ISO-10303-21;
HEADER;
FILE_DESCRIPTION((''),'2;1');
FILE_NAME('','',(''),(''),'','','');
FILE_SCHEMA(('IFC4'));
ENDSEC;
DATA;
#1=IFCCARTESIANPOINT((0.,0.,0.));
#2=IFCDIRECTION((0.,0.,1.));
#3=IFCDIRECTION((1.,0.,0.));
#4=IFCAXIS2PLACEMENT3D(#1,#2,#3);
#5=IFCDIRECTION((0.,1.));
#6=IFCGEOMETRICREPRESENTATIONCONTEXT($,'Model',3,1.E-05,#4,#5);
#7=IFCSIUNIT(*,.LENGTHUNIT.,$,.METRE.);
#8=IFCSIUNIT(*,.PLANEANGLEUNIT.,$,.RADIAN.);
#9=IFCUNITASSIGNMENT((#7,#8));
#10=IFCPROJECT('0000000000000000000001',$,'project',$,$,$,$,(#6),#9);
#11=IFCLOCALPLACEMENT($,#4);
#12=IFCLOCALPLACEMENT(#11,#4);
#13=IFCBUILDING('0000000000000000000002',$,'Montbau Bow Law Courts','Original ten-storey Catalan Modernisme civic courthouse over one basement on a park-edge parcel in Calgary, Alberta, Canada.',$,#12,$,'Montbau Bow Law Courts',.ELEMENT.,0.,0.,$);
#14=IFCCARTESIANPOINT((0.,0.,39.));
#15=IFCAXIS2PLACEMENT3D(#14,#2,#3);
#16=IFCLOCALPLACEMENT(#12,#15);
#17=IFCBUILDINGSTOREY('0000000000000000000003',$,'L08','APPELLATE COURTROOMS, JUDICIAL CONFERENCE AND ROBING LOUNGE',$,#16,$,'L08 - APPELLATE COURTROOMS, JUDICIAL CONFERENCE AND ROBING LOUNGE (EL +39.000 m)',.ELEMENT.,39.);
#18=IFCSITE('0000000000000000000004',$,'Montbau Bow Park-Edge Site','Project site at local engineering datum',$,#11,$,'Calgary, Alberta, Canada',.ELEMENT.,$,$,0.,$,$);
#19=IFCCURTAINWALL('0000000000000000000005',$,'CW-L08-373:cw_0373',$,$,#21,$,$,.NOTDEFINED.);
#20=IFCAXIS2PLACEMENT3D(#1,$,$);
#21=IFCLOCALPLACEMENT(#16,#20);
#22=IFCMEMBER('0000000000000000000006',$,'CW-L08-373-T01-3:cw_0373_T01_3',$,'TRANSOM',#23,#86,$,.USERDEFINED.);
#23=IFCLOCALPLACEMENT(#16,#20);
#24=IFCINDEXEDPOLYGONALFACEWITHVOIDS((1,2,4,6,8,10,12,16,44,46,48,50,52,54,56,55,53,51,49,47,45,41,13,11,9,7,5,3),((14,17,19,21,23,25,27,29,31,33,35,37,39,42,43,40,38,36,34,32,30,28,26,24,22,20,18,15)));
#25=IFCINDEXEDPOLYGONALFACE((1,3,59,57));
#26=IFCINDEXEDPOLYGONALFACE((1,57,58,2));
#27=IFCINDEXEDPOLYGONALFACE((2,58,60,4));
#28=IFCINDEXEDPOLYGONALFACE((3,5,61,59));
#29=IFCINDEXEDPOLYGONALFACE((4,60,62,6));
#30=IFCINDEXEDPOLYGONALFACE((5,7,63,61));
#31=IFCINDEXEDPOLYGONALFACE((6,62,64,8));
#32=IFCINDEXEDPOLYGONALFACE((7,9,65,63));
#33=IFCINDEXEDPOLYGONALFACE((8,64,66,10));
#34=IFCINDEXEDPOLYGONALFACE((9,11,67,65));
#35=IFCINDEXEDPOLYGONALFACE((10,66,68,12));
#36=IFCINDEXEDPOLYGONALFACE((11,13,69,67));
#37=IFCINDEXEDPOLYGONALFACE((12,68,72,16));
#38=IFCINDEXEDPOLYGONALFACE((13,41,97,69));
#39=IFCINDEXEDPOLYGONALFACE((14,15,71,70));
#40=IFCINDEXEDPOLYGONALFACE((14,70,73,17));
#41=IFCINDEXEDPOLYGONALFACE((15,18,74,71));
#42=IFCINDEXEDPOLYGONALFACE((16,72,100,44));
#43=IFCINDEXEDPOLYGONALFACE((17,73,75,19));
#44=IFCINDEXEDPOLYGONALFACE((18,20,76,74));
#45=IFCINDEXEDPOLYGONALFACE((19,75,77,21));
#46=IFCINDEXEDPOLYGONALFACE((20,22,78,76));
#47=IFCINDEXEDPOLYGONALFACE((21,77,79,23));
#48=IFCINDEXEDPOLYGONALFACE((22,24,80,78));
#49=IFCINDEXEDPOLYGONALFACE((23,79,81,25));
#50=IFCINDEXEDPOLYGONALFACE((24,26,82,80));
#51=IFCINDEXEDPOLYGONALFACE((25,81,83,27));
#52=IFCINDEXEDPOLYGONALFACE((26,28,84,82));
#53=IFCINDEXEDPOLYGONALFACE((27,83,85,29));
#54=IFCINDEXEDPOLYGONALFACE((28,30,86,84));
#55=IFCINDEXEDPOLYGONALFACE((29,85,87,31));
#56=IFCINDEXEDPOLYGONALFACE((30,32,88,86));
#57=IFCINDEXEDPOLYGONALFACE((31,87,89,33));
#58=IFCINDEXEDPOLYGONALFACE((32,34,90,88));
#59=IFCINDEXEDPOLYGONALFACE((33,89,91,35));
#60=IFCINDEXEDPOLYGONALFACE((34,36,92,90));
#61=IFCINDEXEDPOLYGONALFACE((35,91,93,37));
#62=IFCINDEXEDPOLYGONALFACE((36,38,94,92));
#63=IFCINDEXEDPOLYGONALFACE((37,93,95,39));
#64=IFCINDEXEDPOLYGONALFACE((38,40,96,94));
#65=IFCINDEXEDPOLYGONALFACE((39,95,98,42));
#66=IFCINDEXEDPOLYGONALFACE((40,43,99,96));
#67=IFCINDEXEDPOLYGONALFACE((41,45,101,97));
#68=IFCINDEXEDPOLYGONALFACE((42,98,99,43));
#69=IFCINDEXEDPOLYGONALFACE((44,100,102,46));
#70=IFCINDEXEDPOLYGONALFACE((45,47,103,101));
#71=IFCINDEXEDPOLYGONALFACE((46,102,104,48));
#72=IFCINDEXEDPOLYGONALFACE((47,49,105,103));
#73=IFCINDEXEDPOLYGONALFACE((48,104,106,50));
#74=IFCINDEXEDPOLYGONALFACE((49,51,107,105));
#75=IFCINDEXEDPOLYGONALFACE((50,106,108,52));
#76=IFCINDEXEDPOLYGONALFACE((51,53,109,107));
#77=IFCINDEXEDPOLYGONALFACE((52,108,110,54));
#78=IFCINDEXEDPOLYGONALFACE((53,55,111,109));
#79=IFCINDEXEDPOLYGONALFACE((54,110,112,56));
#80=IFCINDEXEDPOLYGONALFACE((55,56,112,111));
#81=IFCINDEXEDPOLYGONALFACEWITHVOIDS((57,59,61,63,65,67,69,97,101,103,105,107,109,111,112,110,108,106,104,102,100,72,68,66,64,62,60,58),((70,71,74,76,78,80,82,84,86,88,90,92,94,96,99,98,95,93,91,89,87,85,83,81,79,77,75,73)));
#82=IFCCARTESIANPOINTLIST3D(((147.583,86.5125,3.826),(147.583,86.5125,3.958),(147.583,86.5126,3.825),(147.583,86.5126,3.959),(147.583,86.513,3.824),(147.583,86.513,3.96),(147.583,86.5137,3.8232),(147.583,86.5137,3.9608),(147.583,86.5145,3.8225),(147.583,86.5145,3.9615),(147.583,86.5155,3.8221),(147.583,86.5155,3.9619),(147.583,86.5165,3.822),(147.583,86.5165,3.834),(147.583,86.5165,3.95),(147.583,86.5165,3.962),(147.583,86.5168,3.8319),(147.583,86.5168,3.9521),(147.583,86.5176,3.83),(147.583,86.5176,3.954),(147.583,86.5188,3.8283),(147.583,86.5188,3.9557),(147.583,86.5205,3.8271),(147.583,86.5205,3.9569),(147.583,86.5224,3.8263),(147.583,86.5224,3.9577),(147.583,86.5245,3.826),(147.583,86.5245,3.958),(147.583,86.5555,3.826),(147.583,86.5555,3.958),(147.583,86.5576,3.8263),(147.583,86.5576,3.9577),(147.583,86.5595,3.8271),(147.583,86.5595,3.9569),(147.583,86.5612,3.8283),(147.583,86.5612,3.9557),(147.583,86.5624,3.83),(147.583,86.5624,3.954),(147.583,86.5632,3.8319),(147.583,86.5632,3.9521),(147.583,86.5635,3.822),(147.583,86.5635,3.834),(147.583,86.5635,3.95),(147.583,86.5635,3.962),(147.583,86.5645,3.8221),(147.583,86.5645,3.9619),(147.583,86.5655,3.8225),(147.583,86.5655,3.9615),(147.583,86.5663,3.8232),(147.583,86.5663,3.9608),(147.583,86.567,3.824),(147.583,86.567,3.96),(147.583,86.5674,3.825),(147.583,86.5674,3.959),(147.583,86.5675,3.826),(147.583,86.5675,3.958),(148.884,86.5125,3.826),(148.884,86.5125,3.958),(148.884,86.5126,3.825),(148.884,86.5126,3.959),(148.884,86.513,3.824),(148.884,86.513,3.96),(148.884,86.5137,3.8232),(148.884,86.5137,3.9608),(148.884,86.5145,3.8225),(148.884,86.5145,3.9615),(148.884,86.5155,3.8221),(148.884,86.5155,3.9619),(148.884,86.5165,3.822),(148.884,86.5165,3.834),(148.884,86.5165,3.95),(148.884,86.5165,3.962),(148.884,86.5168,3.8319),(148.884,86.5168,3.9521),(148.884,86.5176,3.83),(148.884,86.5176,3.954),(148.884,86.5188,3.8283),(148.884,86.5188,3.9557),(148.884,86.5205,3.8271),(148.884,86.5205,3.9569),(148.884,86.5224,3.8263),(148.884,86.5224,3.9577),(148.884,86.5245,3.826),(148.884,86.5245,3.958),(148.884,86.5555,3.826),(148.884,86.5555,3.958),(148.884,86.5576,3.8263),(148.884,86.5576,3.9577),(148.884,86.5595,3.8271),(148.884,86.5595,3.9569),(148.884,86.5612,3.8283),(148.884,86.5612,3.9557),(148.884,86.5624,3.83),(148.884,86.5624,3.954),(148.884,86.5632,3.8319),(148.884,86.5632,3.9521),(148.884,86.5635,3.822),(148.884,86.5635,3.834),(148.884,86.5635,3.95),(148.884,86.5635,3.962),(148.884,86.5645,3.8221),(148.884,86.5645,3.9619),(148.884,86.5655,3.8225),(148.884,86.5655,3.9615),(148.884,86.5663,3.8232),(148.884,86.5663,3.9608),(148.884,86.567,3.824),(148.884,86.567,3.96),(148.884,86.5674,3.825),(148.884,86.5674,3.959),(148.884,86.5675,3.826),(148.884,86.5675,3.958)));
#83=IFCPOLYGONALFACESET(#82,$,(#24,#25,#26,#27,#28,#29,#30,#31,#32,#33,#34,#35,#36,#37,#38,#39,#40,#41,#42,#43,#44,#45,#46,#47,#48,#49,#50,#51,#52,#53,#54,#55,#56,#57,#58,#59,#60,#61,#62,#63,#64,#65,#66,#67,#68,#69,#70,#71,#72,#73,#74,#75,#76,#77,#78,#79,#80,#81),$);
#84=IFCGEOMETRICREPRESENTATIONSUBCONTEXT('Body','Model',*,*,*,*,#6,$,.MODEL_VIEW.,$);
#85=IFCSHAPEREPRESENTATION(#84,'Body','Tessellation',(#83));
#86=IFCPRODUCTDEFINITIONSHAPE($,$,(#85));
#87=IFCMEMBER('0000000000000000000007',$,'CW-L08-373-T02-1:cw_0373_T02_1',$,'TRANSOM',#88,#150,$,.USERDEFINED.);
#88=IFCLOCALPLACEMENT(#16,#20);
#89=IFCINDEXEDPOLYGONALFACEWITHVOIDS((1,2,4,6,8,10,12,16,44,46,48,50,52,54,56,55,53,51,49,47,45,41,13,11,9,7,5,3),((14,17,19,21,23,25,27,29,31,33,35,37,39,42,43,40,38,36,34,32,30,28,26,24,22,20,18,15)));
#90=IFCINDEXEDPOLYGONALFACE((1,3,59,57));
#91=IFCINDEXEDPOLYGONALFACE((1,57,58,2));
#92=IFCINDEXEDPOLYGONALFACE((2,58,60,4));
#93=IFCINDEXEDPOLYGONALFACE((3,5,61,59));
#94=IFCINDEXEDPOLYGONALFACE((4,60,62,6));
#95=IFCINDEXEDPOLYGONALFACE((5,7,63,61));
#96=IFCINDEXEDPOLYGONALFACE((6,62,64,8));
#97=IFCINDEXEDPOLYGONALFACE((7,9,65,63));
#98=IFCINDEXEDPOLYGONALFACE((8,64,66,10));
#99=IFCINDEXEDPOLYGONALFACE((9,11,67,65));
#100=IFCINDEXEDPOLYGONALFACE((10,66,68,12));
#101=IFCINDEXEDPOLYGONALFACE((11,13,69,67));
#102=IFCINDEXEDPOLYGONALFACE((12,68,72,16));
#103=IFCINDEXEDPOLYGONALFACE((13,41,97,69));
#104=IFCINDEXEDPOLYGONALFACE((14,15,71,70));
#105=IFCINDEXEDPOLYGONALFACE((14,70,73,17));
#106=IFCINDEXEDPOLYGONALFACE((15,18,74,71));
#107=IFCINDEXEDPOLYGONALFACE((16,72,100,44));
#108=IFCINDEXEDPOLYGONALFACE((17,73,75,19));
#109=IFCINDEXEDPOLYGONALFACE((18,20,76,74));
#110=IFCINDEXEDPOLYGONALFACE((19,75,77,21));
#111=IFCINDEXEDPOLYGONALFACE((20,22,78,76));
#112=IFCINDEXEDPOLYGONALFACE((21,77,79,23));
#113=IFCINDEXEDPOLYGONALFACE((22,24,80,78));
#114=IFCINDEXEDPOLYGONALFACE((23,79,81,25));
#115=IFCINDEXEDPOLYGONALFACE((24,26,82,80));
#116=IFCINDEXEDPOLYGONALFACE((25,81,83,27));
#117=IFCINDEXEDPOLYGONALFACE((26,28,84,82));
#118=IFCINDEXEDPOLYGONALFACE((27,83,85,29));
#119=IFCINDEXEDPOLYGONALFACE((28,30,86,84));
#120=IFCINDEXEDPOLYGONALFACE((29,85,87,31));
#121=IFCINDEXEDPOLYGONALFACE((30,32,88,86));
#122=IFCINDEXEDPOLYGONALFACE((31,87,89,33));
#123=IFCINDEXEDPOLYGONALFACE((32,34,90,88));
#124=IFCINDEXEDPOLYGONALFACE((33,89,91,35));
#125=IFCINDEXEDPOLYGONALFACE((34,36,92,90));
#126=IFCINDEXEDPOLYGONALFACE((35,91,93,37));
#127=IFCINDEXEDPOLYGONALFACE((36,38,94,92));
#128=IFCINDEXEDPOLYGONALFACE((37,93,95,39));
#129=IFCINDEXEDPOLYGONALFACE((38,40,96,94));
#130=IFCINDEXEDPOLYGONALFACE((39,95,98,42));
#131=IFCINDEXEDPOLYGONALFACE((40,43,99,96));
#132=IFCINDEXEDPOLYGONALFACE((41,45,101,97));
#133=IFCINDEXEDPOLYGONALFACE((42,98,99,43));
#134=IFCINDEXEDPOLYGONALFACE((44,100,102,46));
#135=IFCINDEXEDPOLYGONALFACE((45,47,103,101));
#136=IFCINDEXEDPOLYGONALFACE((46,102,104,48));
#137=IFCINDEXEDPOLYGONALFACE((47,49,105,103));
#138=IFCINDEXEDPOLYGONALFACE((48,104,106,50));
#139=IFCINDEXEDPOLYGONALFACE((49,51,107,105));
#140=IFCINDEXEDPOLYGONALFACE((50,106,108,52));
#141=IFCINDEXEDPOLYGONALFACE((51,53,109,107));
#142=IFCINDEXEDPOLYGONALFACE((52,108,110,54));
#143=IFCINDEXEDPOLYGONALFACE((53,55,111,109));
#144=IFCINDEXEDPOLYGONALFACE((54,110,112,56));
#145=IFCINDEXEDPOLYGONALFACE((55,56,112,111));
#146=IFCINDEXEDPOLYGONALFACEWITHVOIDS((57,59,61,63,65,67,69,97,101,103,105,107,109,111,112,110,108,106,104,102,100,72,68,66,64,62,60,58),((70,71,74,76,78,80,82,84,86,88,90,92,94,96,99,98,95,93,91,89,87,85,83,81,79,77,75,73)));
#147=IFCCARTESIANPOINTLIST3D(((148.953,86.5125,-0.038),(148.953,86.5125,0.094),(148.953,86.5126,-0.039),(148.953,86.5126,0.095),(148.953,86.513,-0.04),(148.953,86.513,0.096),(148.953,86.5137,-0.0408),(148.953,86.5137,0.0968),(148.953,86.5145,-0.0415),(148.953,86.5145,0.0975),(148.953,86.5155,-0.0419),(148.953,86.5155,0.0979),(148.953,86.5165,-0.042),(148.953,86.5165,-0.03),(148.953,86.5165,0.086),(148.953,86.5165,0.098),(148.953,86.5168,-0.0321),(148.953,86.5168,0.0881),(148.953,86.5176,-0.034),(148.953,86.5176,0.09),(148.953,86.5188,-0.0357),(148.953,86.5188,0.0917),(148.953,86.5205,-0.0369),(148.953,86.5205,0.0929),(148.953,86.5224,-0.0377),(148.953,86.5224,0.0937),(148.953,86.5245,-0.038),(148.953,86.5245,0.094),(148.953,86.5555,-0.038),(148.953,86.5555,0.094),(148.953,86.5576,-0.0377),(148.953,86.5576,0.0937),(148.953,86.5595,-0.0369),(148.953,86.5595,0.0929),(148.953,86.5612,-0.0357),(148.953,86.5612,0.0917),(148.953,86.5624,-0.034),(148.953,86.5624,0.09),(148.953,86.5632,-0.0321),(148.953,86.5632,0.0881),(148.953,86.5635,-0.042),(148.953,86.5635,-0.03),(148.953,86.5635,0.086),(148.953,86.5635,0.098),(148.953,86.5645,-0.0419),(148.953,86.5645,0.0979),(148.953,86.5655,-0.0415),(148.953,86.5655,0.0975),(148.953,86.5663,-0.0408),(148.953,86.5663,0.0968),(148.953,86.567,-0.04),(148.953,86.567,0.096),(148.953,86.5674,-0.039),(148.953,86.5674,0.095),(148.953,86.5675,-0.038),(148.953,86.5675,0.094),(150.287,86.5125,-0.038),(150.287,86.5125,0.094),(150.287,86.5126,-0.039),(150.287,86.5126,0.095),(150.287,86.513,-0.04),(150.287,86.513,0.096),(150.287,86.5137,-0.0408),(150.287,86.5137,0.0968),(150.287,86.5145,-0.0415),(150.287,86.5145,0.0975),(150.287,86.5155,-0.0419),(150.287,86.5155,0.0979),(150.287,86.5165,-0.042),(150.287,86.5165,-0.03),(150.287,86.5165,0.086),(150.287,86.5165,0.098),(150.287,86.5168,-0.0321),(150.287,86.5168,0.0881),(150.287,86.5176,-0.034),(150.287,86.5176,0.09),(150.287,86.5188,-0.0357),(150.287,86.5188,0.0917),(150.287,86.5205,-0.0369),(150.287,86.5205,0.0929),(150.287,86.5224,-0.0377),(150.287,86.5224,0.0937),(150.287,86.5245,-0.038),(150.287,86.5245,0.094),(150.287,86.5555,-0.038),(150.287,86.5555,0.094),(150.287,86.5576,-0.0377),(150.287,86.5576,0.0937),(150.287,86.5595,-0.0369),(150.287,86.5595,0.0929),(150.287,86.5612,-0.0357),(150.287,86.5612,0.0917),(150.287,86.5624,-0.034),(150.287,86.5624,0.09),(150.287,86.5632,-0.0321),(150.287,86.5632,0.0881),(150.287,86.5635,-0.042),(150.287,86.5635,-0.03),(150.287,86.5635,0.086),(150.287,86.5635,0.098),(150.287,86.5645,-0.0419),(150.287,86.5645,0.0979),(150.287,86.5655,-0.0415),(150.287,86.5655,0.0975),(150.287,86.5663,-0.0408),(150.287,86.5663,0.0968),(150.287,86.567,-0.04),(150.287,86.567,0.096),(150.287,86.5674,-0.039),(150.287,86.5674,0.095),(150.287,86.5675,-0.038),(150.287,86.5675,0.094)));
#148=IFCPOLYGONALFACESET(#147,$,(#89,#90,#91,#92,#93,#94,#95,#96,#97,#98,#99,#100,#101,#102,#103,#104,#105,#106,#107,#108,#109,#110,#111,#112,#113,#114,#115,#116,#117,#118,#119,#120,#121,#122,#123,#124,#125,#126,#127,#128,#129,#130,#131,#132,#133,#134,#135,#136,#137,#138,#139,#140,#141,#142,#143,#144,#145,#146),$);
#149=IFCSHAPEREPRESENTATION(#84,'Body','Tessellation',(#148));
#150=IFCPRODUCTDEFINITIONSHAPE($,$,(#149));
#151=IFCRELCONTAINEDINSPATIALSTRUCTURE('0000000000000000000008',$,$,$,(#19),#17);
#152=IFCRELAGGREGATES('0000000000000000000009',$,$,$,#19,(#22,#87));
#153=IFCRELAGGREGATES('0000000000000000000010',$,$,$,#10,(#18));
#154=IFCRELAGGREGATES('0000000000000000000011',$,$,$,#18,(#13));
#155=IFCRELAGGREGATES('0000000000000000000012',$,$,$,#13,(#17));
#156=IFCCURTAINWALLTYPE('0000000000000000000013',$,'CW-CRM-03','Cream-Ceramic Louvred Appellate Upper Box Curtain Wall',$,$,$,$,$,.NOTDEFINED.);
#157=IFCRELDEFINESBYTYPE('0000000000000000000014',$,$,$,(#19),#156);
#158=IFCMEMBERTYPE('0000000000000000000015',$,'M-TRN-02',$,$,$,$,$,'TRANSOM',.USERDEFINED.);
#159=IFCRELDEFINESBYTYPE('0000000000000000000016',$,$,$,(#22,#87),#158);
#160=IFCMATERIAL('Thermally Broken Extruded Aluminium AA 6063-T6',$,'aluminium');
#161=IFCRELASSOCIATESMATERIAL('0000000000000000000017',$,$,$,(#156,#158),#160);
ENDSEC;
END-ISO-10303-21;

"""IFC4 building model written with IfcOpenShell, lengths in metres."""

from ifc_helpers import new_model, si_unit, direction, frame, origin_with_axes, origin_2d_with_axis, place, context, subcontext, project, spatial, hollow_rectangle, extrude, material, material_profile, profile_set, type_object, element, aggregate, save


model = new_model("IFC4")

# Units and contexts
model_context = context("Model", 3, precision=1e-05, world=origin_with_axes(), true_north=direction((0.0, 1.0)))
body_context = subcontext(model_context, "Body", "Model", "MODEL_VIEW")
ifc_project = project(units=[si_unit("LENGTHUNIT", "METRE"), si_unit("PLANEANGLEUNIT", "RADIAN")], contexts=[model_context])

# Site, building, storey
site_placement = place(None, origin_with_axes())
site = spatial("IfcSite", under=ifc_project, at=site_placement, Name="Montbau Bow Park-Edge Site", Description="Project site at local engineering datum", LongName="Calgary, Alberta, Canada", CompositionType="ELEMENT", RefElevation=0.0)
building_placement = place(site_placement, origin_with_axes())
building = spatial("IfcBuilding", under=site, at=building_placement, Name="Montbau Bow Law Courts", Description="Original ten-storey Catalan Modernisme civic courthouse over one basement on a park-edge parcel in Calgary, Alberta, Canada.", LongName="Montbau Bow Law Courts", CompositionType="ELEMENT", ElevationOfRefHeight=0.0, ElevationOfTerrain=0.0)
storey_placement = place(building_placement, frame((0.0, 0.0, 39.0), z_axis=(0.0, 0.0, 1.0), x_axis=(1.0, 0.0, 0.0)))
storey = spatial("IfcBuildingStorey", under=building, at=storey_placement, Name="L08", Description="APPELLATE COURTROOMS, JUDICIAL CONFERENCE AND ROBING LOUNGE", LongName="L08 - APPELLATE COURTROOMS, JUDICIAL CONFERENCE AND ROBING LOUNGE (EL +39.000 m)", CompositionType="ELEMENT", Elevation=39.0)

# Shared definitions
ifc_material_1 = material(Name="Thermally Broken Extruded Aluminium AA 6063-T6", Category="aluminium")
curtain_wall_type = type_object("IfcCurtainWallType", Name="CW-CRM-03", Description="Cream-Ceramic Louvred Appellate Upper Box Curtain Wall", PredefinedType="NOTDEFINED", material=ifc_material_1)

# Curtain wall, members
curtain_wall_1_placement = place(None, frame((147.515, 86.54, 39.0), z_axis=(0.0, 0.0, 1.0), x_axis=(1.0, 0.0, 0.0)))
curtain_wall_1 = element("IfcCurtainWall", 1, at=curtain_wall_1_placement, inside=storey, type_object=curtain_wall_type, Name="CW-L08-373:cw_0373", PredefinedType="NOTDEFINED")
ifc_material_profile_1 = material_profile(ifc_material_1, hollow_rectangle(XDim=0.055, YDim=0.14, WallThickness=0.004, InnerFilletRadius=0.008, OuterFilletRadius=0.004, at=origin_2d_with_axis()), Name="CWT-140X55", Category="Main", Priority=0)
ifc_profile_set_1 = profile_set([ifc_material_profile_1], Name="Thermally Broken Extruded Aluminium AA 6063-T6")
member_type_1 = type_object("IfcMemberType", Name="M-TRN-02", ElementType="TRANSOM", PredefinedType="USERDEFINED", material=ifc_profile_set_1)
member_1_placement = place(None, frame((147.583, 86.54, 42.892), z_axis=(1.0, 0.0, 0.0), x_axis=(0.0, 1.0, 0.0)))
member_1 = element("IfcMember", 2, at=member_1_placement, type_object=member_type_1, Name="CW-L08-373-T01-3:cw_0373_T01_3", ObjectType="TRANSOM", PredefinedType="USERDEFINED", context=body_context, shape_type="SweptSolid", body=[
    extrude(hollow_rectangle(XDim=0.055, YDim=0.14, WallThickness=0.004, InnerFilletRadius=0.008, OuterFilletRadius=0.004, at=origin_2d_with_axis()), origin_with_axes(), (0.0, 0.0, 1.0), 1.301),
])
member_2_placement = place(None, frame((148.953, 86.54, 39.028), z_axis=(1.0, 0.0, 0.0), x_axis=(0.0, 1.0, 0.0)))
member_2 = element("IfcMember", 3, at=member_2_placement, type_object=member_type_1, Name="CW-L08-373-T02-1:cw_0373_T02_1", ObjectType="TRANSOM", PredefinedType="USERDEFINED", context=body_context, shape_type="SweptSolid", body=[
    extrude(hollow_rectangle(XDim=0.055, YDim=0.14, WallThickness=0.004, InnerFilletRadius=0.008, OuterFilletRadius=0.004, at=origin_2d_with_axis()), origin_with_axes(), (0.0, 0.0, 1.0), 1.334),
])
aggregate(curtain_wall_1, [member_1, member_2])

save(model, "model.ifc")
